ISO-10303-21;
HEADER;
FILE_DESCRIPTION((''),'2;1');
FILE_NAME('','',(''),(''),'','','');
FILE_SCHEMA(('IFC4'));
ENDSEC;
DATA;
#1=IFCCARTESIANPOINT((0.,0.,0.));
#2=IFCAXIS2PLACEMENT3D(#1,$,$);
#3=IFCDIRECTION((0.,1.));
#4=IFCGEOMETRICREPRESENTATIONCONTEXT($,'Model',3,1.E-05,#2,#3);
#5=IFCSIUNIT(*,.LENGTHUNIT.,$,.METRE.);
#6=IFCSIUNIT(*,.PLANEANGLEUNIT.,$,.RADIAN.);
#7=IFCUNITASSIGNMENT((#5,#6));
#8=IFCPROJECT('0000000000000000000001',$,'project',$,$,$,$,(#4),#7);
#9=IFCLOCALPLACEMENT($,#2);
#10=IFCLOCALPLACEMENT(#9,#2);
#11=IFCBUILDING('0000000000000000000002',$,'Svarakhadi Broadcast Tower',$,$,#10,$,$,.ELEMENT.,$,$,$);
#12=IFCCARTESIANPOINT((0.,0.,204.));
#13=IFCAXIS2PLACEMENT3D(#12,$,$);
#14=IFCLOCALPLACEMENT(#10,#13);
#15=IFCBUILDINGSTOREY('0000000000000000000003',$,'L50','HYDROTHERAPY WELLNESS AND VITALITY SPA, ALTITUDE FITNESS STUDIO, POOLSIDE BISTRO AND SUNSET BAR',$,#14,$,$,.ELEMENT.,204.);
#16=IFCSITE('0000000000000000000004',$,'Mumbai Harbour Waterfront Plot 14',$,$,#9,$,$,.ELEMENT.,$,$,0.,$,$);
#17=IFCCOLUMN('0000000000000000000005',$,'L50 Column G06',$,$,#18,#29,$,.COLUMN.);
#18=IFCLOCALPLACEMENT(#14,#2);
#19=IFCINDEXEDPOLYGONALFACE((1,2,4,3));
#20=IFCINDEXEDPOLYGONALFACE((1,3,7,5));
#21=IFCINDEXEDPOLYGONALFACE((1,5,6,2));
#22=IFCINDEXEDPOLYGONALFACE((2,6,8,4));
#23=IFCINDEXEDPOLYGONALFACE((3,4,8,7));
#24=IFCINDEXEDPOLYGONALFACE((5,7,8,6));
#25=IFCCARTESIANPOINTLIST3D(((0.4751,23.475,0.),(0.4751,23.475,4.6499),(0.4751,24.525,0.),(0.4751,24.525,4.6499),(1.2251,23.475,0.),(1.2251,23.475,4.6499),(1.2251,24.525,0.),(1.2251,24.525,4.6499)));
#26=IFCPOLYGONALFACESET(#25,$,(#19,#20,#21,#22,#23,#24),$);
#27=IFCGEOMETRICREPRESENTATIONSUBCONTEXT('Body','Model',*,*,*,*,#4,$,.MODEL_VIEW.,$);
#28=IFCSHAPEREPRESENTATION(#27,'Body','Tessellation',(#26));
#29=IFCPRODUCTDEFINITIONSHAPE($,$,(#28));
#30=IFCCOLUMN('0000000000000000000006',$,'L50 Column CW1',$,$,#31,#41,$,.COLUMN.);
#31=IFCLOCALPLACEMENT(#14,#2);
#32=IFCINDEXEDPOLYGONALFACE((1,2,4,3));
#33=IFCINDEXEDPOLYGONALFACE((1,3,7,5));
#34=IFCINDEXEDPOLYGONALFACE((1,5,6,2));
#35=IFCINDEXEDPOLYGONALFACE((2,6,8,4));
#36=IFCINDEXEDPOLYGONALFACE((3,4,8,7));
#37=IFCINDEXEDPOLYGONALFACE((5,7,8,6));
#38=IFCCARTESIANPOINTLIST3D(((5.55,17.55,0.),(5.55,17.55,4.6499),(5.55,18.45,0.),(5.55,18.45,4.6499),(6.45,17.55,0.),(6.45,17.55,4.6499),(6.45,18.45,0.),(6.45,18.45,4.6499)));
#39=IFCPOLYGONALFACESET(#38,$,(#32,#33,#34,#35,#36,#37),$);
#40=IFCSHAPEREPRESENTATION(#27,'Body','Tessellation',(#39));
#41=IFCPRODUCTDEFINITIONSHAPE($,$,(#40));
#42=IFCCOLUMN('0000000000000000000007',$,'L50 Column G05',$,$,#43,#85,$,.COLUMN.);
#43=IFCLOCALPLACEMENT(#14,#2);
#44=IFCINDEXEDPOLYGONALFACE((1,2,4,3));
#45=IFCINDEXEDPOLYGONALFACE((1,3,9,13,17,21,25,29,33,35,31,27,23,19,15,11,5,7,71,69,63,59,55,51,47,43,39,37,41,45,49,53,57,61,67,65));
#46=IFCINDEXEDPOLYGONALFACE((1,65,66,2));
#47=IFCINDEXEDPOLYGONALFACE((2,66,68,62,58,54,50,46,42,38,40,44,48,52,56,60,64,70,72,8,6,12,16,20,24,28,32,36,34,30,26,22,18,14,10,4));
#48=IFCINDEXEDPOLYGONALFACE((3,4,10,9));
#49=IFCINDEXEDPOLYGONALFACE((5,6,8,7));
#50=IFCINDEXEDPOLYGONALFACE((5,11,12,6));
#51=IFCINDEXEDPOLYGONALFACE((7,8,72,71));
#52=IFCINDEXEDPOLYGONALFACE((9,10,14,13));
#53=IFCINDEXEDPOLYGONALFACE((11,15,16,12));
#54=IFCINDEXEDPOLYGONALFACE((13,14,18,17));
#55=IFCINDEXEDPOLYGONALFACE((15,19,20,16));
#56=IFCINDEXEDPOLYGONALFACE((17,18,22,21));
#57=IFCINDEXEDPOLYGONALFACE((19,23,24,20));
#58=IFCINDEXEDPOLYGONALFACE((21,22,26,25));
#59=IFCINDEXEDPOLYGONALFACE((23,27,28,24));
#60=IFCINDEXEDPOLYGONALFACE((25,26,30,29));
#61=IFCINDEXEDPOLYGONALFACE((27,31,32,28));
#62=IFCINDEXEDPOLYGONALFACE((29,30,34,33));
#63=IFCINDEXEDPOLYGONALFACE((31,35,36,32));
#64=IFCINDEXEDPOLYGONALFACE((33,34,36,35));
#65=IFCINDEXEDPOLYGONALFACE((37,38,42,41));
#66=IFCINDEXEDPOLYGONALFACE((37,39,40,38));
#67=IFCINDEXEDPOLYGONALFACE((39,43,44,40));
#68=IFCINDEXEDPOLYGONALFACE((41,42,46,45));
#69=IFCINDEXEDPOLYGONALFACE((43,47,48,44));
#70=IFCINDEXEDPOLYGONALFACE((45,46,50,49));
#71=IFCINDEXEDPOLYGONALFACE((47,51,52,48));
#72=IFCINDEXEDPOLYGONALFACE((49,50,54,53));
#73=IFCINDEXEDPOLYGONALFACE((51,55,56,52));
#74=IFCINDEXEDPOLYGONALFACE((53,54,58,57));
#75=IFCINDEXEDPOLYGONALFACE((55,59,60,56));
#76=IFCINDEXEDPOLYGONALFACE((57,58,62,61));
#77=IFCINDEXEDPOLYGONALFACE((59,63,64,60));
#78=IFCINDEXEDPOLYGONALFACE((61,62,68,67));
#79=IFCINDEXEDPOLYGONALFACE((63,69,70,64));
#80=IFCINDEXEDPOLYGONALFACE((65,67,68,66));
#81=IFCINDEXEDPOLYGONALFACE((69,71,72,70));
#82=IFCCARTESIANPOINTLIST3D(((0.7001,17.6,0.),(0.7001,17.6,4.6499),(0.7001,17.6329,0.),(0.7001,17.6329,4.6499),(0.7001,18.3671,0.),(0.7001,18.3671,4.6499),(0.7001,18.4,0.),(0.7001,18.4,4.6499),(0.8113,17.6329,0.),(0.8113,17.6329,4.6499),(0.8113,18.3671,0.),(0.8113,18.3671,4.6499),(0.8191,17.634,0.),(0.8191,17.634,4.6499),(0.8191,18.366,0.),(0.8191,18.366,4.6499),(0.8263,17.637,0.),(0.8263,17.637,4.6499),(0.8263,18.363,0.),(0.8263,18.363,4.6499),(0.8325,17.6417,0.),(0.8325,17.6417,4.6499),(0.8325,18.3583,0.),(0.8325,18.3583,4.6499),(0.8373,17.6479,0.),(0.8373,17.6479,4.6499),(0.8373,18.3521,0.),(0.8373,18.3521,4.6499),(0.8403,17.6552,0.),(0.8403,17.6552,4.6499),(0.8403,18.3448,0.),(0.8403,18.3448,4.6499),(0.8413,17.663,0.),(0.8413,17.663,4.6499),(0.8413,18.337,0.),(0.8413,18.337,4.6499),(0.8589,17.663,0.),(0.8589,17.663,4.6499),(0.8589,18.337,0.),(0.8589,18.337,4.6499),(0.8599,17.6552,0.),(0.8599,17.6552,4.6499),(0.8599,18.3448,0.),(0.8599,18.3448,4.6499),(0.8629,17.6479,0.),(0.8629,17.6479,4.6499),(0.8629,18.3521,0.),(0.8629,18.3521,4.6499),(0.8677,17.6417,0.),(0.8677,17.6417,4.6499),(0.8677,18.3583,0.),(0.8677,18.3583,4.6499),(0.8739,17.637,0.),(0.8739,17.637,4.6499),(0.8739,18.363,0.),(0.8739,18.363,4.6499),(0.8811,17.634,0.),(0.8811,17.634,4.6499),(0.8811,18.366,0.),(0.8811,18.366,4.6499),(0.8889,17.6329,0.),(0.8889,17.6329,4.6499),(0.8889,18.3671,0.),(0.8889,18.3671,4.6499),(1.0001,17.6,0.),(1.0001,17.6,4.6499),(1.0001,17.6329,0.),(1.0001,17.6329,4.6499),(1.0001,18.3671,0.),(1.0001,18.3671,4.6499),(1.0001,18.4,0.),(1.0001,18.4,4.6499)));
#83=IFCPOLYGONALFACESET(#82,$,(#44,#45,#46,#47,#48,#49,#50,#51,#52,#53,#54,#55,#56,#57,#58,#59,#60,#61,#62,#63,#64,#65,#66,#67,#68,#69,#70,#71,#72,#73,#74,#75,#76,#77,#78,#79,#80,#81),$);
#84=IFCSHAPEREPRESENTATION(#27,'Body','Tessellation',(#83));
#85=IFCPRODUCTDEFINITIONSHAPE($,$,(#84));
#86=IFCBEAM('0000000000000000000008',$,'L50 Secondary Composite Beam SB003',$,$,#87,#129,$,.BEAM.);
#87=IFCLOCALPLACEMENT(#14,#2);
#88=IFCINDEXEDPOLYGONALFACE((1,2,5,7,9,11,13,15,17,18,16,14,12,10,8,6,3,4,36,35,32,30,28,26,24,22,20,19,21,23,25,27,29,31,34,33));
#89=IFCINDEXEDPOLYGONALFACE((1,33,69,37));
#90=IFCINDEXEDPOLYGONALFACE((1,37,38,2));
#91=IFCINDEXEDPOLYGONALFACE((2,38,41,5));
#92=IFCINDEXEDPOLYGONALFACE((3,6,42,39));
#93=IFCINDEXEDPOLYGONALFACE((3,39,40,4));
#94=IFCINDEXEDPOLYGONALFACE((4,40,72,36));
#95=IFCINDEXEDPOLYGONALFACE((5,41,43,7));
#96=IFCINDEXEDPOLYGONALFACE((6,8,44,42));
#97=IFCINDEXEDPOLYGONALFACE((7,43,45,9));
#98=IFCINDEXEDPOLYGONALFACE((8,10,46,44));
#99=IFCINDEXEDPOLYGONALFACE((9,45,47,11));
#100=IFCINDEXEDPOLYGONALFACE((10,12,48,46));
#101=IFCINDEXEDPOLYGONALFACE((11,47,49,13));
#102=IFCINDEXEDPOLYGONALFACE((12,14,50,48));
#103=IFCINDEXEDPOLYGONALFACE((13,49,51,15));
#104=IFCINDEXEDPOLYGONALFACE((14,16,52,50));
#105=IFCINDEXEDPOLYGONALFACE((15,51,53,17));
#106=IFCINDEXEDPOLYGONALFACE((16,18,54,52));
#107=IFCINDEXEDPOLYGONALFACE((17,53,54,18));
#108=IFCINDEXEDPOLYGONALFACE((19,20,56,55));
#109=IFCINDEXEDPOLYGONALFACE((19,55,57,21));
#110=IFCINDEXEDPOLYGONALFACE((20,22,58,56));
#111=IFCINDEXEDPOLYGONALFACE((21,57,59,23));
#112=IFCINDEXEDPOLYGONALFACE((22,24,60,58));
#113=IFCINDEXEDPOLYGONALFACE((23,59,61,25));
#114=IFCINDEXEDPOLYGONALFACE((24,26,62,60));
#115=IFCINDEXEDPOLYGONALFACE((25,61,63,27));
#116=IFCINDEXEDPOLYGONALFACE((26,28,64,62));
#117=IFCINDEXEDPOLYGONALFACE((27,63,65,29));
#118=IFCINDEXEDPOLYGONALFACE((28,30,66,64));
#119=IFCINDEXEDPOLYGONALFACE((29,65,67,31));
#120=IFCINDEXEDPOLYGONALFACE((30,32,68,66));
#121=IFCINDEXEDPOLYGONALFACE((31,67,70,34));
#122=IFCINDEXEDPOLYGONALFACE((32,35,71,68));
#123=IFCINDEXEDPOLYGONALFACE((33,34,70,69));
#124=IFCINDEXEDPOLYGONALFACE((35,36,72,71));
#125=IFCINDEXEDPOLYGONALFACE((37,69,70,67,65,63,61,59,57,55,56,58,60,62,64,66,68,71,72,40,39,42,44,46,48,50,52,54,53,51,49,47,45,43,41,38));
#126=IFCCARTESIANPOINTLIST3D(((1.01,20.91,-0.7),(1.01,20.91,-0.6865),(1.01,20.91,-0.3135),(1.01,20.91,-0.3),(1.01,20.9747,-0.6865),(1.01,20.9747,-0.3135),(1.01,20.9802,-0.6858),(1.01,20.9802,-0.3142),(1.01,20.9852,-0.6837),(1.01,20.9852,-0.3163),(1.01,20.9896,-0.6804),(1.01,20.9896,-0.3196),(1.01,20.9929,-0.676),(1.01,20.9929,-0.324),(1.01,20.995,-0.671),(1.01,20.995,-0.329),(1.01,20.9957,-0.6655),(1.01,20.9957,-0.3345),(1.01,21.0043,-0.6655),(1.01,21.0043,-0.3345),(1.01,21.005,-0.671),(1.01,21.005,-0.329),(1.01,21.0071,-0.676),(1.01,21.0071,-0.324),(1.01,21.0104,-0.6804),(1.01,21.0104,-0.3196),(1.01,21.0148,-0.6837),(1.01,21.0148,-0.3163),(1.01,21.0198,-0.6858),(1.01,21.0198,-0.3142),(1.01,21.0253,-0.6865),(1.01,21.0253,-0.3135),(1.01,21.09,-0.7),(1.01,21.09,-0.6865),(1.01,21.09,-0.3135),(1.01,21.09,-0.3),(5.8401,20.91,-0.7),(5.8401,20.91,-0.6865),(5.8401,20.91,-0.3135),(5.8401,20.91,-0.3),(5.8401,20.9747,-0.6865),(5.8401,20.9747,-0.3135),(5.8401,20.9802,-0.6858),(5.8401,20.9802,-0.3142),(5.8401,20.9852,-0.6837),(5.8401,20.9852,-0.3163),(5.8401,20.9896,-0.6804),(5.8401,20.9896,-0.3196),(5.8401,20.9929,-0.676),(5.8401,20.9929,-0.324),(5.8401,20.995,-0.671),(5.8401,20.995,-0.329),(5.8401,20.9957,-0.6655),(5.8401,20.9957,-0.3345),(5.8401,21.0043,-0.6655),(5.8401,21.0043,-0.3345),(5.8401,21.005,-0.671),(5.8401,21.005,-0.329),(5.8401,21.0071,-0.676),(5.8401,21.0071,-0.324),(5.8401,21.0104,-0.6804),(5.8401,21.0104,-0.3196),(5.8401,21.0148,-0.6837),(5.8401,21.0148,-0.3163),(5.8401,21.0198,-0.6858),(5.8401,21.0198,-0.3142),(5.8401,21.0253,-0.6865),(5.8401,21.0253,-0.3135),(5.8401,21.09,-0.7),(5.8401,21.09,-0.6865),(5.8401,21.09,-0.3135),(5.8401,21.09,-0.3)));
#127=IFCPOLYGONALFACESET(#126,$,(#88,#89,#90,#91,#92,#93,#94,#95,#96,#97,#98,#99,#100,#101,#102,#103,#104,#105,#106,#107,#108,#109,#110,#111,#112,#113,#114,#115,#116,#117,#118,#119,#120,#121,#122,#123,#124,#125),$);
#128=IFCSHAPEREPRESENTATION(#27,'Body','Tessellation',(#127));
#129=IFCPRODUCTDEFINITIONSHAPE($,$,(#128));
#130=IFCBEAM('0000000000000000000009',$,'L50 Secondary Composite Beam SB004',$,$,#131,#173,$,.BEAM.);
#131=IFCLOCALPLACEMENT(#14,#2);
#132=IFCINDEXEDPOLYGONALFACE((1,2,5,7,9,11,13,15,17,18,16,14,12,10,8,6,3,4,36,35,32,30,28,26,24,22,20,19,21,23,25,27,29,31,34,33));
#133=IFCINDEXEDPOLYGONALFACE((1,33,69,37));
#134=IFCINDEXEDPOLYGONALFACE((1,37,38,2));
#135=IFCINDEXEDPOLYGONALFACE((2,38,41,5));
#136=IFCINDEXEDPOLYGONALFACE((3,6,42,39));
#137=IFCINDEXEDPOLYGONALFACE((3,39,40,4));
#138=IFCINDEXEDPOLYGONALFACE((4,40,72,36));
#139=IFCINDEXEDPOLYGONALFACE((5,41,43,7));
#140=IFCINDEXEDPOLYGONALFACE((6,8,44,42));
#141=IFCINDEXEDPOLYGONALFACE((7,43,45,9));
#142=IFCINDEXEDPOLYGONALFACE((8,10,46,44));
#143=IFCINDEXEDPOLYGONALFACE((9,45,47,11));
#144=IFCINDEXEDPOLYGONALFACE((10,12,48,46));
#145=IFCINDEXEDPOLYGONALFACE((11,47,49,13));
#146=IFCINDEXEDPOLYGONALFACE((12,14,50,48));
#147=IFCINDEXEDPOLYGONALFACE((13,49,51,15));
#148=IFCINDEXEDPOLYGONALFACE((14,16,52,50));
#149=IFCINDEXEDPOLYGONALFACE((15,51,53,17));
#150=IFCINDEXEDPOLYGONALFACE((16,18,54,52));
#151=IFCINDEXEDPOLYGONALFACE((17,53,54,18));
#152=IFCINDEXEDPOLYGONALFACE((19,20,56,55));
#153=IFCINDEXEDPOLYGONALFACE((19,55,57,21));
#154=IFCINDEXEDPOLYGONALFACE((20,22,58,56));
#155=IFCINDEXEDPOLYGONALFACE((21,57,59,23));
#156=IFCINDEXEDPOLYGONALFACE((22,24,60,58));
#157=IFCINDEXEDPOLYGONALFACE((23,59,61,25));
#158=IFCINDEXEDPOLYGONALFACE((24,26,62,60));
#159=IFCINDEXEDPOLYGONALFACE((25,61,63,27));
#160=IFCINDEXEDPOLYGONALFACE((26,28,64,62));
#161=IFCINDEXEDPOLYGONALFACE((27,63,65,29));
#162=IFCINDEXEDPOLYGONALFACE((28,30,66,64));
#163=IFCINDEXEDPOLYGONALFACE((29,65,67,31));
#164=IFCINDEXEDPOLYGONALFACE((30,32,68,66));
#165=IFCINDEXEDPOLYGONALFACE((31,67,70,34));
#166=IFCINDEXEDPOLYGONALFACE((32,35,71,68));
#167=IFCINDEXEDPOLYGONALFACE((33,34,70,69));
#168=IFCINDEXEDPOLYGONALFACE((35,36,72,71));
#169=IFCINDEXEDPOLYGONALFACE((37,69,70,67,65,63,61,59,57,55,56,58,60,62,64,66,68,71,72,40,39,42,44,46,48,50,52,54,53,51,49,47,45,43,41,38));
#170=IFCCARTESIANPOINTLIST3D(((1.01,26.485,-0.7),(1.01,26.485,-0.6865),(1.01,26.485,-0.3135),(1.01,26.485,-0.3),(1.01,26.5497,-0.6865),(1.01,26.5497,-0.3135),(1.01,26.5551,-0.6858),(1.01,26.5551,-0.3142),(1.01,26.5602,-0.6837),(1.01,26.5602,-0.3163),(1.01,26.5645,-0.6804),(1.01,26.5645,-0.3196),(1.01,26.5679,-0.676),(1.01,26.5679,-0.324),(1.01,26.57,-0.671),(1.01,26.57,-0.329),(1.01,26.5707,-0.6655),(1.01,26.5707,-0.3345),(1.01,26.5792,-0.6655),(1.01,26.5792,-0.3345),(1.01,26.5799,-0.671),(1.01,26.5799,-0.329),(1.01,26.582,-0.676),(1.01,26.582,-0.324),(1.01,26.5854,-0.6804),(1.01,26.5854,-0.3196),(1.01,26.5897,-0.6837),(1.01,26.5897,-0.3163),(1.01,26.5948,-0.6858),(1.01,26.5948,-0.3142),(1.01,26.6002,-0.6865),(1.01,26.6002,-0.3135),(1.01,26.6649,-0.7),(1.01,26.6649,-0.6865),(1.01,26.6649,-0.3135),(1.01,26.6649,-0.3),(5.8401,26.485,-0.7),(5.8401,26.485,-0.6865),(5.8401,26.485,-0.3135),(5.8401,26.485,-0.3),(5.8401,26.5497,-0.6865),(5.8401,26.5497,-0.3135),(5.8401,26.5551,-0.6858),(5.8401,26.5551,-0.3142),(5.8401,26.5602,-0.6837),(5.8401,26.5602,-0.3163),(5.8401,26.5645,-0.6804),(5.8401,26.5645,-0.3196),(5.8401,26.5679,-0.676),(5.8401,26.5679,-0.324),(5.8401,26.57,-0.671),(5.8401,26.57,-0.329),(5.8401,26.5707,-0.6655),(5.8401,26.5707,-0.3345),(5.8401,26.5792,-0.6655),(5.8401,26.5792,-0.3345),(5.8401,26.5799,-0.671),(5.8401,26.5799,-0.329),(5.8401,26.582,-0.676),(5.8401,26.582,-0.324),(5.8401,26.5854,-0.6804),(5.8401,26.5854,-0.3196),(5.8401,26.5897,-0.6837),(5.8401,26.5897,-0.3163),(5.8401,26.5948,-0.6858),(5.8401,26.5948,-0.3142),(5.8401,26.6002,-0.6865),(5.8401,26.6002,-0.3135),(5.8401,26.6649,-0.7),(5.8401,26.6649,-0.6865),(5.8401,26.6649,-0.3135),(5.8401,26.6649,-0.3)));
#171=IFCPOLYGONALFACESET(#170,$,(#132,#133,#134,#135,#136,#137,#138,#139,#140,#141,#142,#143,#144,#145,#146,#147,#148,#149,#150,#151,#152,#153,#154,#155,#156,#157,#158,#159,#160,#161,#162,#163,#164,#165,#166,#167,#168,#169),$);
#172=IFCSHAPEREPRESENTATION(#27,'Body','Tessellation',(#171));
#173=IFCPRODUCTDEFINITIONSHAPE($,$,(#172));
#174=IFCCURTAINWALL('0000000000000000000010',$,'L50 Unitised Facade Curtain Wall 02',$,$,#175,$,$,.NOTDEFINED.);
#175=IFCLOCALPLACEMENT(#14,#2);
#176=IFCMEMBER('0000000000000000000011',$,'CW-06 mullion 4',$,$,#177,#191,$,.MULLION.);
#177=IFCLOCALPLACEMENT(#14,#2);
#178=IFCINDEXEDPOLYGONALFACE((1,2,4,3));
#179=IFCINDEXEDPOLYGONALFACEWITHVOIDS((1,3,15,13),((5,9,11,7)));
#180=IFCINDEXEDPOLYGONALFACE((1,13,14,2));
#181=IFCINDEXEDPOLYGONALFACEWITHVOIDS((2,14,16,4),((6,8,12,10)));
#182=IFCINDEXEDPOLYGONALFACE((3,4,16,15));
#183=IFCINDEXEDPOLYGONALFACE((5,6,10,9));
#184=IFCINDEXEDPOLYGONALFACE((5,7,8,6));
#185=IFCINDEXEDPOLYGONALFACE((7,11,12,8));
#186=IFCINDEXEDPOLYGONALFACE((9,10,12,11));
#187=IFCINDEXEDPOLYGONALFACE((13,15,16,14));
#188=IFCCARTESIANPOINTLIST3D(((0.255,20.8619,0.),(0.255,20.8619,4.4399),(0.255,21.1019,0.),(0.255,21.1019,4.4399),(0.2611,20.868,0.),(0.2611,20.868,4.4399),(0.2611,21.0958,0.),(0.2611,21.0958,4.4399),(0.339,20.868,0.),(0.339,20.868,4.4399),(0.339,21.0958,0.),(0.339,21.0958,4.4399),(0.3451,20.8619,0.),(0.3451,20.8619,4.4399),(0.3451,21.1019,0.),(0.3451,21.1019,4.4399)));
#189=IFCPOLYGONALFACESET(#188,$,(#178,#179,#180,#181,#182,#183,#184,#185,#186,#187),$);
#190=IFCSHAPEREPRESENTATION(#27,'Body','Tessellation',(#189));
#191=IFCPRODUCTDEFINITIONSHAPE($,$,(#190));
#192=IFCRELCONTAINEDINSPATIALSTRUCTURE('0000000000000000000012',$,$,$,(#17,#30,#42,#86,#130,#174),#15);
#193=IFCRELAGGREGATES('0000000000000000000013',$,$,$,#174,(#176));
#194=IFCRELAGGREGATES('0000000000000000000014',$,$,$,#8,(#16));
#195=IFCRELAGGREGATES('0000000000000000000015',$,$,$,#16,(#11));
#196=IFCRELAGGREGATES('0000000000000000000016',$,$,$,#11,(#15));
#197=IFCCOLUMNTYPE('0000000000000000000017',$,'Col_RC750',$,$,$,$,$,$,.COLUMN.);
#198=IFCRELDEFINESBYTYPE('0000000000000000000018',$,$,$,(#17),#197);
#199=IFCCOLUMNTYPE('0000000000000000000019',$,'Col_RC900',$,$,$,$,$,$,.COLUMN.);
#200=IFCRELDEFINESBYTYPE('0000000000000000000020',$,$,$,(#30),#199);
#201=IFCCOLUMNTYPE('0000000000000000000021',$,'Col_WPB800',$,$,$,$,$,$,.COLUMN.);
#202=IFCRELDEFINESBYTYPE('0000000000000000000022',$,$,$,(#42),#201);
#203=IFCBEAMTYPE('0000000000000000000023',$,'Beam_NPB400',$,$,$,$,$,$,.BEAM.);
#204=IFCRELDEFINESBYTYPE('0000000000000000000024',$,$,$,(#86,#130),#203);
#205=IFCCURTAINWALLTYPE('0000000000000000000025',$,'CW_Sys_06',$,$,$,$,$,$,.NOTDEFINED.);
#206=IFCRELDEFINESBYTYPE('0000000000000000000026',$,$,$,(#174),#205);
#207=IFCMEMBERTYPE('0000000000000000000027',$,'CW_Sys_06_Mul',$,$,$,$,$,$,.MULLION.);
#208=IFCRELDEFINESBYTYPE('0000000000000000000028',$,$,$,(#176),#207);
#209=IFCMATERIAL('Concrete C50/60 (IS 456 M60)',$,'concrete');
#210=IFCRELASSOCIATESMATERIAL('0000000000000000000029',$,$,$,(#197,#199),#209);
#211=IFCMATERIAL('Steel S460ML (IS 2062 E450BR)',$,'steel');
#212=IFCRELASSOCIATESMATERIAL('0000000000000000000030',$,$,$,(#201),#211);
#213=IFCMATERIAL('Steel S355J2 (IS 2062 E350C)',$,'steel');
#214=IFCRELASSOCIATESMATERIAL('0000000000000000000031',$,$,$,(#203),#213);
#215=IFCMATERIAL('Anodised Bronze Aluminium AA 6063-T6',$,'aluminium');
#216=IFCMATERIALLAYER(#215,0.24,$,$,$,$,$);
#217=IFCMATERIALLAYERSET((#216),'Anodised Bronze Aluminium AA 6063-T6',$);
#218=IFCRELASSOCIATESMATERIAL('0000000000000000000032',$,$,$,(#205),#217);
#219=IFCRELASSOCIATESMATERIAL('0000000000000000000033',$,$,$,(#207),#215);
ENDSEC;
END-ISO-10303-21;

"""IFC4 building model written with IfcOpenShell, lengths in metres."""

from ifc_helpers import new_model, si_unit, direction, frame, origin, origin_2d, place, context, subcontext, project, spatial, rectangle, hollow_rectangle, i_section, extrude, material, layer, layer_set, material_profile, profile_set, type_object, element, aggregate, save


model = new_model("IFC4")

# Units and contexts
model_context = context("Model", 3, precision=1e-05, world=origin(), true_north=direction((0.0, 1.0)))
body_context = subcontext(model_context, "Body", "Model", "MODEL_VIEW")
ifc_project = project(units=[si_unit("LENGTHUNIT", "METRE"), si_unit("PLANEANGLEUNIT", "RADIAN")], contexts=[model_context])

# Site, building, storey
site_placement = place(None, origin())
site = spatial("IfcSite", under=ifc_project, at=site_placement, Name="Mumbai Harbour Waterfront Plot 14", CompositionType="ELEMENT", RefElevation=0.0)
building_placement = place(site_placement, origin())
building = spatial("IfcBuilding", under=site, at=building_placement, Name="Svarakhadi Broadcast Tower", CompositionType="ELEMENT")
storey_placement = place(building_placement, frame((0.0, 0.0, 204.0)))
storey = spatial("IfcBuildingStorey", under=building, at=storey_placement, Name="L50", Description="HYDROTHERAPY WELLNESS AND VITALITY SPA, ALTITUDE FITNESS STUDIO, POOLSIDE BISTRO AND SUNSET BAR", CompositionType="ELEMENT", Elevation=204.0)

# Columns
ifc_material_1 = material(Name="Concrete C50/60 (IS 456 M60)", Category="concrete")
ifc_material_profile_1 = material_profile(ifc_material_1, rectangle(XDim=0.75, YDim=1.05, at=origin_2d()), Name="RC 750x1050")
ifc_profile_set_1 = profile_set([ifc_material_profile_1], Name="Concrete C50/60 (IS 456 M60)")
column_type_1 = type_object("IfcColumnType", Name="Col_RC750", PredefinedType="COLUMN", material=ifc_profile_set_1)
column_1_placement = place(storey_placement, frame((0.8501, 24.0, 0.0), z_axis=(0.0, 0.0, 1.0), x_axis=(1.0, 0.0, 0.0)))
element("IfcColumn", 1, at=column_1_placement, inside=storey, type_object=column_type_1, Name="L50 Column G06", PredefinedType="COLUMN", context=body_context, shape_type="SweptSolid", body=[
    extrude(rectangle(XDim=0.75, YDim=1.05, at=origin_2d()), origin(), (0.0, 0.0, 1.0), 4.6499),
])
ifc_material_profile_2 = material_profile(ifc_material_1, rectangle(XDim=0.8999, YDim=0.8999, at=origin_2d()), Name="RC 900x900")
ifc_profile_set_2 = profile_set([ifc_material_profile_2], Name="Concrete C50/60 (IS 456 M60)")
column_type_2 = type_object("IfcColumnType", Name="Col_RC900", PredefinedType="COLUMN", material=ifc_profile_set_2)
column_2_placement = place(storey_placement, frame((6.0, 18.0, 0.0), z_axis=(0.0, 0.0, 1.0), x_axis=(1.0, 0.0, 0.0)))
element("IfcColumn", 2, at=column_2_placement, inside=storey, type_object=column_type_2, Name="L50 Column CW1", PredefinedType="COLUMN", context=body_context, shape_type="SweptSolid", body=[
    extrude(rectangle(XDim=0.8999, YDim=0.8999, at=origin_2d()), origin(), (0.0, 0.0, 1.0), 4.6499),
])
ifc_material_2 = material(Name="Steel S460ML (IS 2062 E450BR)", Category="steel")
ifc_material_profile_3 = material_profile(ifc_material_2, i_section(OverallWidth=0.3, OverallDepth=0.8, WebThickness=0.0176, FlangeThickness=0.033, FilletRadius=0.03, at=origin_2d()), Name="WPB 800x300x262")
ifc_profile_set_3 = profile_set([ifc_material_profile_3], Name="Steel S460ML (IS 2062 E450BR)")
column_type_3 = type_object("IfcColumnType", Name="Col_WPB800", PredefinedType="COLUMN", material=ifc_profile_set_3)
column_3_placement = place(storey_placement, frame((0.8501, 18.0, 0.0), z_axis=(0.0, 0.0, 1.0), x_axis=(1.0, 0.0, 0.0)))
element("IfcColumn", 3, at=column_3_placement, inside=storey, type_object=column_type_3, Name="L50 Column G05", PredefinedType="COLUMN", context=body_context, shape_type="SweptSolid", body=[
    extrude(i_section(OverallWidth=0.3, OverallDepth=0.8, WebThickness=0.0176, FlangeThickness=0.033, FilletRadius=0.03, at=origin_2d()), origin(), (0.0, 0.0, 1.0), 4.6499),
])

# Beams
ifc_material_3 = material(Name="Steel S355J2 (IS 2062 E350C)", Category="steel")
ifc_material_profile_4 = material_profile(ifc_material_3, i_section(OverallWidth=0.1799, OverallDepth=0.3999, WebThickness=0.0085, FlangeThickness=0.0134, FilletRadius=0.021, at=origin_2d()), Name="NPB 400x180x66")
ifc_profile_set_4 = profile_set([ifc_material_profile_4], Name="Steel S355J2 (IS 2062 E350C)")
beam_type_1 = type_object("IfcBeamType", Name="Beam_NPB400", PredefinedType="BEAM", material=ifc_profile_set_4)
for number, where, z_axis, x_axis, name in (
    (4, (1.01, 21.0, -0.5), (1.0, 0.0, 0.0), (0.0, 1.0, 0.0), "L50 Secondary Composite Beam SB003"),
    (5, (1.01, 26.575, -0.5), (1.0, 0.0, 0.0), (0.0, 1.0, 0.0), "L50 Secondary Composite Beam SB004"),
):
    element("IfcBeam", number, at=place(storey_placement, frame(where, z_axis=z_axis, x_axis=x_axis)), inside=storey, type_object=beam_type_1, Name=name, PredefinedType="BEAM", context=body_context, shape_type="SweptSolid", body=[
        extrude(i_section(OverallWidth=0.1799, OverallDepth=0.3999, WebThickness=0.0085, FlangeThickness=0.0134, FilletRadius=0.021, at=origin_2d()), origin(), (0.0, 0.0, 1.0), 4.8301),
    ])

# Curtain wall, member
ifc_material_4 = material(Name="Anodised Bronze Aluminium AA 6063-T6", Category="aluminium")
ifc_layer_1 = layer(ifc_material_4, 0.24)
ifc_layer_set_1 = layer_set([ifc_layer_1], Name="Anodised Bronze Aluminium AA 6063-T6")
curtain_wall_type = type_object("IfcCurtainWallType", Name="CW_Sys_06", PredefinedType="NOTDEFINED", material=ifc_layer_set_1)
curtain_wall_placement = place(storey_placement, origin())
curtain_wall = element("IfcCurtainWall", 6, at=curtain_wall_placement, inside=storey, type_object=curtain_wall_type, Name="L50 Unitised Facade Curtain Wall 02", PredefinedType="NOTDEFINED")
ifc_material_profile_5 = material_profile(ifc_material_4, hollow_rectangle(XDim=0.0901, YDim=0.24, WallThickness=0.0061, at=origin_2d()), Name="ALU MULLION 240x90x6")
ifc_profile_set_5 = profile_set([ifc_material_profile_5], Name="Anodised Bronze Aluminium AA 6063-T6")
member_type_1 = type_object("IfcMemberType", Name="CW_Sys_06_Mul", PredefinedType="MULLION", material=ifc_profile_set_5)
member_1_placement = place(storey_placement, frame((0.3, 20.9819, 0.0), z_axis=(0.0, 0.0, 1.0), x_axis=(-1.0, 0.0, 0.0)))
member_1 = element("IfcMember", 7, at=member_1_placement, type_object=member_type_1, Name="CW-06 mullion 4", PredefinedType="MULLION", context=body_context, shape_type="SweptSolid", body=[
    extrude(hollow_rectangle(XDim=0.0901, YDim=0.24, WallThickness=0.0061, at=origin_2d()), origin(), (0.0, 0.0, 1.0), 4.4399),
])

aggregate(curtain_wall, [member_1])

save(model, "model.ifc")
